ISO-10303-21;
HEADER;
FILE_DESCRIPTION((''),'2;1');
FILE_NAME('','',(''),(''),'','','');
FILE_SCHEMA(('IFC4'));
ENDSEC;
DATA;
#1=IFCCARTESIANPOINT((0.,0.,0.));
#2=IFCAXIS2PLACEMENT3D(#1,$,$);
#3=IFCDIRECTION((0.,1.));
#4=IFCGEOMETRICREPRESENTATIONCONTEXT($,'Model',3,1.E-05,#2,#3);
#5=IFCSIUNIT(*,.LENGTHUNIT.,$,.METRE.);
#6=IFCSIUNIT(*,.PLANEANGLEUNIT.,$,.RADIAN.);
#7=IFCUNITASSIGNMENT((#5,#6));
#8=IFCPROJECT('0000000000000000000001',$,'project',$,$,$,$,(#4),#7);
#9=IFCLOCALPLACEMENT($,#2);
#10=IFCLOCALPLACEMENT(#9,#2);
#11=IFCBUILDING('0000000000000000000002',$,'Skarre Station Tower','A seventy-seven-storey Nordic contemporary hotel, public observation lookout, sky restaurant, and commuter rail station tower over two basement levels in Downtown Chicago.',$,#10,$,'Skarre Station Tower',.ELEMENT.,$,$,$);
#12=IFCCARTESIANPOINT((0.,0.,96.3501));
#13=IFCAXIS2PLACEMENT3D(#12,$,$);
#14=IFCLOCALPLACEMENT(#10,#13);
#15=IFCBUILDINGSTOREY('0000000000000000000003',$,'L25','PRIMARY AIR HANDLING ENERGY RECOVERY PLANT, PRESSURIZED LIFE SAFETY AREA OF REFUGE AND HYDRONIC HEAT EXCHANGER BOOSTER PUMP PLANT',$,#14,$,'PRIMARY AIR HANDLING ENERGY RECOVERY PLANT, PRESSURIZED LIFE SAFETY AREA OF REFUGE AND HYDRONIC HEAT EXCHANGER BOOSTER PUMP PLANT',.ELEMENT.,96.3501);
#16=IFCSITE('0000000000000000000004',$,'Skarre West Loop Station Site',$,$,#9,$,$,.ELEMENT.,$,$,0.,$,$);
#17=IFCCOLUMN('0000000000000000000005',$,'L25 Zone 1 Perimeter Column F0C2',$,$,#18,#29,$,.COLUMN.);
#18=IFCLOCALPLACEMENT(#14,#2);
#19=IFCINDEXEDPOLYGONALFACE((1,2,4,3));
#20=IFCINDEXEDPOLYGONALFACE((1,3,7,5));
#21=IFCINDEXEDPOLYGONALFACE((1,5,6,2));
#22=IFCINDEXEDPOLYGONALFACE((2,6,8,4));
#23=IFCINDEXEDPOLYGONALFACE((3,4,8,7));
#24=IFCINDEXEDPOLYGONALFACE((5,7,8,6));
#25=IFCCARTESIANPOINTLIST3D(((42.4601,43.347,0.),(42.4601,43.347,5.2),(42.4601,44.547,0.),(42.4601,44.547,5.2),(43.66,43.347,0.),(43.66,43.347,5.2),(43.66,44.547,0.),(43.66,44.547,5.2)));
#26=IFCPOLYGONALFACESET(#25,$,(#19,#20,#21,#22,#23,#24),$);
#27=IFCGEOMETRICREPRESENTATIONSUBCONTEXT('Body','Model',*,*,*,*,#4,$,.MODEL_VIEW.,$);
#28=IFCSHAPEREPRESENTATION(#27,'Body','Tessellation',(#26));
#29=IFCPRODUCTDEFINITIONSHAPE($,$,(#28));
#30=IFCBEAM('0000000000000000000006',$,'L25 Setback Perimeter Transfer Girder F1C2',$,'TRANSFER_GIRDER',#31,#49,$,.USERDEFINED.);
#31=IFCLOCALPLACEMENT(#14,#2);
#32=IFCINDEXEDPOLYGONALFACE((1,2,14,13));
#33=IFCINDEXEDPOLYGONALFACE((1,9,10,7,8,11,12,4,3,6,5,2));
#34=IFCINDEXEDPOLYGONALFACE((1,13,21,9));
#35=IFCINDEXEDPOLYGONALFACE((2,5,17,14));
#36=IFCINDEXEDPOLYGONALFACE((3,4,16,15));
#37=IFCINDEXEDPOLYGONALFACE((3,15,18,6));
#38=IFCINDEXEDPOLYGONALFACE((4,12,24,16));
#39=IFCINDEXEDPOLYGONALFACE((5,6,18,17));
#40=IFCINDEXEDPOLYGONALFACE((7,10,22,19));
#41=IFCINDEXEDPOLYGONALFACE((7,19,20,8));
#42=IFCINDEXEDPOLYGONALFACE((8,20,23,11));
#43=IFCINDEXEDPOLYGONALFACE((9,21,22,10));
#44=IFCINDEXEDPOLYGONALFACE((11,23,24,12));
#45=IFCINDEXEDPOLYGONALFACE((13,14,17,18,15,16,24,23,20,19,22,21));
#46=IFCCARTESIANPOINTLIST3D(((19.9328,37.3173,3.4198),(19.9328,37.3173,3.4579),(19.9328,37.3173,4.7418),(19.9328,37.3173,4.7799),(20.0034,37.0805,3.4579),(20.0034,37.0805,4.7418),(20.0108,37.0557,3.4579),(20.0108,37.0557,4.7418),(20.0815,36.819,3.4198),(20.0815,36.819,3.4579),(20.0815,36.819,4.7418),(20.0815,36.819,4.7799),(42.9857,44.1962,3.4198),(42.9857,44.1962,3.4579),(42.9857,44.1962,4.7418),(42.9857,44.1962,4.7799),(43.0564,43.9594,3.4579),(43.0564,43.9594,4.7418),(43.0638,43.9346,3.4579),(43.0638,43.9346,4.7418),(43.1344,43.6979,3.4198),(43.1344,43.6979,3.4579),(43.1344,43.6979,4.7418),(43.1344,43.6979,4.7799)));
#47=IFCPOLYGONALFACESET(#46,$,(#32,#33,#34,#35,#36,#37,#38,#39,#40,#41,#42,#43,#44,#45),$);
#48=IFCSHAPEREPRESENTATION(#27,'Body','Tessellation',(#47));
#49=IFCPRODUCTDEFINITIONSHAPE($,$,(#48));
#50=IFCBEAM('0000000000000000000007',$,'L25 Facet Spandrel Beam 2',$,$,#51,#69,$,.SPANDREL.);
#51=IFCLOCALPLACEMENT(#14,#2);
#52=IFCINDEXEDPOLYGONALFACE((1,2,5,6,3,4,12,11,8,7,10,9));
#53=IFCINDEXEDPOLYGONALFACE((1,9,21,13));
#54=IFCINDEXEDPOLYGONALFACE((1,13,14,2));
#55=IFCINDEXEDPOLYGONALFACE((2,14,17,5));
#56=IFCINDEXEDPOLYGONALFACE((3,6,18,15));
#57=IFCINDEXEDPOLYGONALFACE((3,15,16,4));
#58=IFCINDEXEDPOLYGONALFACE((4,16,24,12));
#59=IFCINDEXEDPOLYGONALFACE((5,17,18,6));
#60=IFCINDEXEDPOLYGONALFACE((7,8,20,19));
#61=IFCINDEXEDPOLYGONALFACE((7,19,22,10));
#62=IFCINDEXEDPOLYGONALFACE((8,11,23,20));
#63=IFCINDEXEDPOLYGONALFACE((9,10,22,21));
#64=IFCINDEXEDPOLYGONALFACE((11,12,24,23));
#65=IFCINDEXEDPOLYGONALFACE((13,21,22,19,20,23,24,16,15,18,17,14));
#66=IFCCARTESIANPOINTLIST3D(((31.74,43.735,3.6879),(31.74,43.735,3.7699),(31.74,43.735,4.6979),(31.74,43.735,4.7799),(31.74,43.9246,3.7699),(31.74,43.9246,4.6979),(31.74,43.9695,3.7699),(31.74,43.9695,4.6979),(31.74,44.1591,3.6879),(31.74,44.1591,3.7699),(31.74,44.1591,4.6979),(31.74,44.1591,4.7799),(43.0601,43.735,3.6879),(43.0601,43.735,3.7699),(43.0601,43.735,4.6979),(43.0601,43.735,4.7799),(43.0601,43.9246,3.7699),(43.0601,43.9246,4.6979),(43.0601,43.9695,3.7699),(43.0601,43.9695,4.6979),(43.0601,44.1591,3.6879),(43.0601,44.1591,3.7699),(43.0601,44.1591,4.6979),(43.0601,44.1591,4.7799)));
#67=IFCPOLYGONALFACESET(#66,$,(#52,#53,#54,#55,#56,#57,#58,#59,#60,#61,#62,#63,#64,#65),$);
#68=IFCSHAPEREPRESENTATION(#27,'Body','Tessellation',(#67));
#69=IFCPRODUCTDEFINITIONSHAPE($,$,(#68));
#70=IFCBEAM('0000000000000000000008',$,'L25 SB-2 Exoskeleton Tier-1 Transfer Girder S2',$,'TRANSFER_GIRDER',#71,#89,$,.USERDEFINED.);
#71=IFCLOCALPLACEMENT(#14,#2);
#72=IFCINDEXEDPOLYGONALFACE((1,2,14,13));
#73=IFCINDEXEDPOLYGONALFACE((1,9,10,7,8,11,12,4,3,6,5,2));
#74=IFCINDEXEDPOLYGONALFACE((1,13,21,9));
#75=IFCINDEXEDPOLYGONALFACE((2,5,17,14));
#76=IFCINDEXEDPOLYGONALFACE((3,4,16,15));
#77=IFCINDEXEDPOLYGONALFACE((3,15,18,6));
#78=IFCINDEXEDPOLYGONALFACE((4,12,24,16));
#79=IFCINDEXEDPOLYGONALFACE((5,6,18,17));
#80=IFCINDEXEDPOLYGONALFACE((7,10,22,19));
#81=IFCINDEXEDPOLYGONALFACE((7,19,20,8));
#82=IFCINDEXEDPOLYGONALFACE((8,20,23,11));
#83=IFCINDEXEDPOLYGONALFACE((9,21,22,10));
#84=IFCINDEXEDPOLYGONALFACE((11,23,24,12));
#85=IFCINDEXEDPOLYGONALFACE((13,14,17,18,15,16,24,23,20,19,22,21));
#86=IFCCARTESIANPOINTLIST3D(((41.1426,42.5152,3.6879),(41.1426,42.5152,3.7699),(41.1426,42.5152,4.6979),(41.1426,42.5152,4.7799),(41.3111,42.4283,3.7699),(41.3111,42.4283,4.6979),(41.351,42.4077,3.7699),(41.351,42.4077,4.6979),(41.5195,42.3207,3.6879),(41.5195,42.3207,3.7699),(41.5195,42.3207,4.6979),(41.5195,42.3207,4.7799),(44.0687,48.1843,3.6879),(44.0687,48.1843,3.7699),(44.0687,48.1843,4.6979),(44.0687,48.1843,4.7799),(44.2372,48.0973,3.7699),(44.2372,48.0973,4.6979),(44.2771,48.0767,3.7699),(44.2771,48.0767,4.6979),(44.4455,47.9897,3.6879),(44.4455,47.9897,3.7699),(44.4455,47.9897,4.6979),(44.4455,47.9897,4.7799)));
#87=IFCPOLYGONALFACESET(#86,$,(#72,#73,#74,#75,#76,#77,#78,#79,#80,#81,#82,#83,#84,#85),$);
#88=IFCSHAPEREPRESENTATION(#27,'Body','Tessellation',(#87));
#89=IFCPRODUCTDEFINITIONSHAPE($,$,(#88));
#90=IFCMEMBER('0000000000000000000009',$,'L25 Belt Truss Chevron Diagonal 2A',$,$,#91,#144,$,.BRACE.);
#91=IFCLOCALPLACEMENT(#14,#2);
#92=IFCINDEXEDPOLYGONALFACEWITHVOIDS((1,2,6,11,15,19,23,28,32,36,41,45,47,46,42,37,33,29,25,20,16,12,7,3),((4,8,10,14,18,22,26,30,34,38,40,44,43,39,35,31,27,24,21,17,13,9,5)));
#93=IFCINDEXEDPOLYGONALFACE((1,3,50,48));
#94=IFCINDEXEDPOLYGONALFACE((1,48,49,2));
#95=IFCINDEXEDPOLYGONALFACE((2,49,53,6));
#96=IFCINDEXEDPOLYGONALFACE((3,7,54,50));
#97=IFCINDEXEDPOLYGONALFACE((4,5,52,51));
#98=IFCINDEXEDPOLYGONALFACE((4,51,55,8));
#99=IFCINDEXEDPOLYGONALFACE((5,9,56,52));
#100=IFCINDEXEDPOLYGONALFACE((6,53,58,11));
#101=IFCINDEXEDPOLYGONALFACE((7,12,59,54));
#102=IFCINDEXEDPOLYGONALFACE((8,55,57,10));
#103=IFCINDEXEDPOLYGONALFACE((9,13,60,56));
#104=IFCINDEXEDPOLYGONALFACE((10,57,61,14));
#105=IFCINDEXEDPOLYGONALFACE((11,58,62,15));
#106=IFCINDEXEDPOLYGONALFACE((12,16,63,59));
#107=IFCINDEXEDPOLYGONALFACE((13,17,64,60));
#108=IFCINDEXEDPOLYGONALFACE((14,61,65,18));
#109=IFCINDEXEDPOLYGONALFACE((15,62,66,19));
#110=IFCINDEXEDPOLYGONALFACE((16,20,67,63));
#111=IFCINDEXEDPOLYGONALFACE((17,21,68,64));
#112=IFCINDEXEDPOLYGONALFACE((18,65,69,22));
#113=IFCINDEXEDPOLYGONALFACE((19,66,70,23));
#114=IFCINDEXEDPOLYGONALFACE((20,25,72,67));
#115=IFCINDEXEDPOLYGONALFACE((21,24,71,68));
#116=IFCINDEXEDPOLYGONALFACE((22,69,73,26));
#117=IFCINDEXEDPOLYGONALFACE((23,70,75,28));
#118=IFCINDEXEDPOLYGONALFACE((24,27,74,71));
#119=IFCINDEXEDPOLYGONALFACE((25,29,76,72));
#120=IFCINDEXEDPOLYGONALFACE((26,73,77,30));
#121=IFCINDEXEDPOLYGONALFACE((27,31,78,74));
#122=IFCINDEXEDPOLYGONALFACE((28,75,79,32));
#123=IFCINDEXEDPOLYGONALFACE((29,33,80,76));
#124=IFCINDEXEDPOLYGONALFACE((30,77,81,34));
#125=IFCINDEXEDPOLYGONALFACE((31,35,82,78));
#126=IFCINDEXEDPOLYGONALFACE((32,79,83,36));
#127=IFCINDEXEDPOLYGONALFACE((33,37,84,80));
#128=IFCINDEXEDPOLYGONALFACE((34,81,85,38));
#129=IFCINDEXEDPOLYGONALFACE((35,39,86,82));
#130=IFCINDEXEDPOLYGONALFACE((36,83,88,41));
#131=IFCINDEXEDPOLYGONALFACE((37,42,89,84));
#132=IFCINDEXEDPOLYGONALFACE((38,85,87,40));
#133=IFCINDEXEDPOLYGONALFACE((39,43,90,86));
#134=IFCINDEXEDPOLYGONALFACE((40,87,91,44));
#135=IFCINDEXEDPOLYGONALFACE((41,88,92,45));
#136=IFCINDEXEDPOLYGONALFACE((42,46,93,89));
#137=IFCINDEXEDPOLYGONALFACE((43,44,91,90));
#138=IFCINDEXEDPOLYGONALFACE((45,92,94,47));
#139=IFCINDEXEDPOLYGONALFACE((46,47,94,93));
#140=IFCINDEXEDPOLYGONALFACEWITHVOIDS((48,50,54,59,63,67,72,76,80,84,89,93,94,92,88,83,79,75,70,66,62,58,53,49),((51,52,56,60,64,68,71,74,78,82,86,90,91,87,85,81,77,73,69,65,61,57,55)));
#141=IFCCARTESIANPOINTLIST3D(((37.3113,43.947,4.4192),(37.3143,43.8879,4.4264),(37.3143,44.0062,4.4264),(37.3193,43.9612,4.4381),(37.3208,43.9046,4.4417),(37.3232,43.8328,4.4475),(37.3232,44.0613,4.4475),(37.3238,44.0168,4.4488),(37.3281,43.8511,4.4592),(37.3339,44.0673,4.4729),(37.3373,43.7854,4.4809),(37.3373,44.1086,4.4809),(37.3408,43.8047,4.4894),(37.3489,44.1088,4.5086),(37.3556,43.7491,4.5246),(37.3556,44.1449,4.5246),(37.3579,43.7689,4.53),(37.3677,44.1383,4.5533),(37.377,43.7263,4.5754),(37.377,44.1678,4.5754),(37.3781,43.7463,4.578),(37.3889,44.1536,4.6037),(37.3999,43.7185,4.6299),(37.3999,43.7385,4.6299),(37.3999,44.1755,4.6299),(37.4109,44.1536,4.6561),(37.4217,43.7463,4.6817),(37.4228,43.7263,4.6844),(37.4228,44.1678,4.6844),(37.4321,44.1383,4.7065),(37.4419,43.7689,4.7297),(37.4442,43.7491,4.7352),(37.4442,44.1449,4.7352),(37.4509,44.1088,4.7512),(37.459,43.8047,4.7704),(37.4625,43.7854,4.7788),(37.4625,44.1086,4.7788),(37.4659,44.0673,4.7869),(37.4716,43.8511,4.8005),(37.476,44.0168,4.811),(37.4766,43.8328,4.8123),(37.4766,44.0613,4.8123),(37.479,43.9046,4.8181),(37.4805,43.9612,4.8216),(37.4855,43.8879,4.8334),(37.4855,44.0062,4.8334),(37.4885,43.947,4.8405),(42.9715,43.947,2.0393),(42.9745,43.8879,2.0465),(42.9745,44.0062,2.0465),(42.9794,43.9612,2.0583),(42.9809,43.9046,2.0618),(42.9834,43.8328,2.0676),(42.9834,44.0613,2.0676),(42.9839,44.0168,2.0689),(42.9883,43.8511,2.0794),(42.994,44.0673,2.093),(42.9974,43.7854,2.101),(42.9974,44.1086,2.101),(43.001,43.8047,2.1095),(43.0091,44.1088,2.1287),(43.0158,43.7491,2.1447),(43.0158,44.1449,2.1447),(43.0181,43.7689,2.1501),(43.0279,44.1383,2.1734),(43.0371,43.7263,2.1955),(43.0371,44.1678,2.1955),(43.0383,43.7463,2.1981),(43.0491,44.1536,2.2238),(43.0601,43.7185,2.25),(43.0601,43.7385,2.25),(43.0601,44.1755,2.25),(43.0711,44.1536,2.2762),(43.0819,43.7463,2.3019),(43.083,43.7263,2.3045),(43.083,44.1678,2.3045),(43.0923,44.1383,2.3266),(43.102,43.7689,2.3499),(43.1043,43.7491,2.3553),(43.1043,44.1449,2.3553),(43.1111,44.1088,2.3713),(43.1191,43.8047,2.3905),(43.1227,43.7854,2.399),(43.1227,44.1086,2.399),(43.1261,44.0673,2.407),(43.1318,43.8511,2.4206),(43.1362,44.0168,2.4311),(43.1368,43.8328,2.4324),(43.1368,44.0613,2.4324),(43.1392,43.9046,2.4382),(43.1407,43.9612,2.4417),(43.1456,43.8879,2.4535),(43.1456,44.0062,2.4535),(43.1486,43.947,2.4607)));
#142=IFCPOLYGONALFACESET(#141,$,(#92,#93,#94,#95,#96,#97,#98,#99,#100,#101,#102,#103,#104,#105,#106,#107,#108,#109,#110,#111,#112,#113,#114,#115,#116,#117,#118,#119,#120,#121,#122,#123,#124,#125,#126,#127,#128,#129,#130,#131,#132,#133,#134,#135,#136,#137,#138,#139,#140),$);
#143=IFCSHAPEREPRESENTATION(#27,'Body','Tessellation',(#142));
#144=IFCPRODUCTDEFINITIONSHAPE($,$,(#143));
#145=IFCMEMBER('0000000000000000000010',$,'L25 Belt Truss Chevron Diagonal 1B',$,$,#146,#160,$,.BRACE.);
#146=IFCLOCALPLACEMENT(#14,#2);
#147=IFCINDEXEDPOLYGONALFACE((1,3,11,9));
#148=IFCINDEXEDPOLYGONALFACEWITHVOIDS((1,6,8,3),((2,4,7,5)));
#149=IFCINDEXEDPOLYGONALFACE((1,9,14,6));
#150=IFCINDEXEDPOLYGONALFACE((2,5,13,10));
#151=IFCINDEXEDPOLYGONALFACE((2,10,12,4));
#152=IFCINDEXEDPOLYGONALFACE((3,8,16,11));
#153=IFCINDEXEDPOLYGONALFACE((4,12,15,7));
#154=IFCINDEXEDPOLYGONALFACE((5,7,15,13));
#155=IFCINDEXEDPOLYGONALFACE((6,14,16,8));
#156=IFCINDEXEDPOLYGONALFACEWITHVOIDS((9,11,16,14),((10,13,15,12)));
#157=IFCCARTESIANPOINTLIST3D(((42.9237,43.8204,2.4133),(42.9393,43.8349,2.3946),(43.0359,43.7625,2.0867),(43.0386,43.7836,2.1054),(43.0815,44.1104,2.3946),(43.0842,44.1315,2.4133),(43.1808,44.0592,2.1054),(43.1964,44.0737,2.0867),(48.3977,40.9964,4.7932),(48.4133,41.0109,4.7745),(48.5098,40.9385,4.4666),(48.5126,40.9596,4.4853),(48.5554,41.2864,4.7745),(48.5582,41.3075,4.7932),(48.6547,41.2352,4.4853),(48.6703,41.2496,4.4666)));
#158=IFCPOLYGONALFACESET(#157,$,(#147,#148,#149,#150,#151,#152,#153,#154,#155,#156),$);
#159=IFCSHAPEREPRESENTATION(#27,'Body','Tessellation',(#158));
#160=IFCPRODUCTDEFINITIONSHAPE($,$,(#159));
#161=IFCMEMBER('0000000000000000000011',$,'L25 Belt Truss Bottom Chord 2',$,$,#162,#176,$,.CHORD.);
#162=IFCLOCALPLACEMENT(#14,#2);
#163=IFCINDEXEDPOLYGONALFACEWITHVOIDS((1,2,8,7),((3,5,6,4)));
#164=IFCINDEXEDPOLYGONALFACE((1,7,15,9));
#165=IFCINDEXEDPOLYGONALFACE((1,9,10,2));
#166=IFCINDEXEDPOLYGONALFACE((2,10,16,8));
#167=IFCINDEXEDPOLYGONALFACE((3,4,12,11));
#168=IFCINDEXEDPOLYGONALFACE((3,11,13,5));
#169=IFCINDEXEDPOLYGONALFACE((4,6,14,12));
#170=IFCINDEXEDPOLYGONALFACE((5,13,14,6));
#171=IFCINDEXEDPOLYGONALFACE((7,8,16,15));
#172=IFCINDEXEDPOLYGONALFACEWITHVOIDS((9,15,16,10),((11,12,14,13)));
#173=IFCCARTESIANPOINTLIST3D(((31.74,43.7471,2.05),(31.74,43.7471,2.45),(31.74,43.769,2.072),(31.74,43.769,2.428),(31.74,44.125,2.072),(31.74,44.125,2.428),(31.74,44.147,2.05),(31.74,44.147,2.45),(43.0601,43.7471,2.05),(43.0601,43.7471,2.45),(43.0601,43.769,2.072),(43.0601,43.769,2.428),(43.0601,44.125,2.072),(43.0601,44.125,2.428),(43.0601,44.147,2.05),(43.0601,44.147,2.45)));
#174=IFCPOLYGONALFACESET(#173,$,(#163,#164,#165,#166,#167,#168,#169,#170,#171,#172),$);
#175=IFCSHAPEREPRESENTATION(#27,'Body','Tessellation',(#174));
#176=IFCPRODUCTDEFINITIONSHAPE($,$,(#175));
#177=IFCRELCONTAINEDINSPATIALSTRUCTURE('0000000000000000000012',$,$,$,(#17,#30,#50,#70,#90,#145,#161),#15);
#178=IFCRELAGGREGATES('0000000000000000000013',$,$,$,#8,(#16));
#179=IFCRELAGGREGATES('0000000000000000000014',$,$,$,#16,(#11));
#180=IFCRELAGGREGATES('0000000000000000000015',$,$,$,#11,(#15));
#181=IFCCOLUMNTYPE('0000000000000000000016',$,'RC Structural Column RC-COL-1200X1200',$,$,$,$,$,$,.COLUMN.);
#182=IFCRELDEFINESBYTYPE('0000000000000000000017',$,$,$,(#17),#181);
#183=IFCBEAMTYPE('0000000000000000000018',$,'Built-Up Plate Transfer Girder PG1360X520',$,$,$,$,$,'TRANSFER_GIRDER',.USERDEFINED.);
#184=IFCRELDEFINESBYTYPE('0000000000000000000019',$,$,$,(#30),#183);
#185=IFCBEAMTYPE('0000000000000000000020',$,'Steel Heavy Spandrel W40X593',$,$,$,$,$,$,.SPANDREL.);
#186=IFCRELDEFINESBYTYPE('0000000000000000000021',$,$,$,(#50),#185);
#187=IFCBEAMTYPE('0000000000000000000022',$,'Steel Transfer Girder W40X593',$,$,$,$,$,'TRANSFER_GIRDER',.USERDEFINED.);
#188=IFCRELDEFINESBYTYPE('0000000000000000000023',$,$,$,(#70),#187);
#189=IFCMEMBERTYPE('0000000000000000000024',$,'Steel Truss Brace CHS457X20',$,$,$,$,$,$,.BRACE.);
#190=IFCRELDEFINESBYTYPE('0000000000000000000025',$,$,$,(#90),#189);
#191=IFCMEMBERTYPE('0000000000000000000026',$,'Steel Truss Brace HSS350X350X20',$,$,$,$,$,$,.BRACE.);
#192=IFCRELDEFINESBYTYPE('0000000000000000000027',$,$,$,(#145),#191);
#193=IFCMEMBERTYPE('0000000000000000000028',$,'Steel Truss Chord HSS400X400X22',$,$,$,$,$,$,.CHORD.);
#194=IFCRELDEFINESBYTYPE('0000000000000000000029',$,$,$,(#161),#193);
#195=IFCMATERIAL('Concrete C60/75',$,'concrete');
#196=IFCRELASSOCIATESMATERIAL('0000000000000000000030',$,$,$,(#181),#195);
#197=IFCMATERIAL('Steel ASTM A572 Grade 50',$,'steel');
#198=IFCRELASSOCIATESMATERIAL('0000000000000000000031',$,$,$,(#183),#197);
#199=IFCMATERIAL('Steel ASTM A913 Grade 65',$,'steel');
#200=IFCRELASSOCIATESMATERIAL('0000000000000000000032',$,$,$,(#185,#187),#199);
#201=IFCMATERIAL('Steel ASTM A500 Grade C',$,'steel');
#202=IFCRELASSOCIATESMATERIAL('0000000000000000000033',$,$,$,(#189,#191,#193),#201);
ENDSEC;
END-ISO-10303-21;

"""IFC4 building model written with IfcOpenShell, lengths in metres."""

from ifc_helpers import new_model, si_unit, direction, frame, origin, origin_2d, place, context, subcontext, project, spatial, rectangle, hollow_rectangle, hollow_circle, i_section, extrude, material, material_profile, profile_set, type_object, element, save


model = new_model("IFC4")

# Units and contexts
model_context = context("Model", 3, precision=1e-05, world=origin(), true_north=direction((0.0, 1.0)))
body_context = subcontext(model_context, "Body", "Model", "MODEL_VIEW")
ifc_project = project(units=[si_unit("LENGTHUNIT", "METRE"), si_unit("PLANEANGLEUNIT", "RADIAN")], contexts=[model_context])

# Site, building, storey
site_placement = place(None, origin())
site = spatial("IfcSite", under=ifc_project, at=site_placement, Name="Skarre West Loop Station Site", CompositionType="ELEMENT", RefElevation=0.0)
building_placement = place(site_placement, origin())
building = spatial("IfcBuilding", under=site, at=building_placement, Name="Skarre Station Tower", Description="A seventy-seven-storey Nordic contemporary hotel, public observation lookout, sky restaurant, and commuter rail station tower over two basement levels in Downtown Chicago.", LongName="Skarre Station Tower", CompositionType="ELEMENT")
storey_placement = place(building_placement, frame((0.0, 0.0, 96.3501)))
storey = spatial("IfcBuildingStorey", under=building, at=storey_placement, Name="L25", Description="PRIMARY AIR HANDLING ENERGY RECOVERY PLANT, PRESSURIZED LIFE SAFETY AREA OF REFUGE AND HYDRONIC HEAT EXCHANGER BOOSTER PUMP PLANT", LongName="PRIMARY AIR HANDLING ENERGY RECOVERY PLANT, PRESSURIZED LIFE SAFETY AREA OF REFUGE AND HYDRONIC HEAT EXCHANGER BOOSTER PUMP PLANT", CompositionType="ELEMENT", Elevation=96.3501)

# Column
ifc_material_1 = material(Name="Concrete C60/75", Category="concrete")
ifc_material_profile_1 = material_profile(ifc_material_1, rectangle(XDim=1.2, YDim=1.2, at=origin_2d()), Name="Concrete C60/75")
ifc_profile_set_1 = profile_set([ifc_material_profile_1], Name="Concrete C60/75")
column_type = type_object("IfcColumnType", Name="RC Structural Column RC-COL-1200X1200", PredefinedType="COLUMN", material=ifc_profile_set_1)
column_placement = place(storey_placement, frame((43.0601, 43.947, 0.0), z_axis=(0.0, 0.0, 1.0), x_axis=(1.0, 0.0, 0.0)))
element("IfcColumn", 1, at=column_placement, inside=storey, type_object=column_type, Name="L25 Zone 1 Perimeter Column F0C2", PredefinedType="COLUMN", context=body_context, shape_type="SweptSolid", body=[
    extrude(rectangle(XDim=1.2, YDim=1.2, at=origin_2d()), origin(), (0.0, 0.0, 1.0), 5.2),
])

# Beams
ifc_material_2 = material(Name="Steel ASTM A572 Grade 50", Category="steel")
ifc_material_profile_2 = material_profile(ifc_material_2, i_section(OverallWidth=0.52, OverallDepth=1.3601, WebThickness=0.0259, FlangeThickness=0.0381, at=origin_2d()), Name="Steel ASTM A572 Grade 50")
ifc_profile_set_2 = profile_set([ifc_material_profile_2], Name="Steel ASTM A572 Grade 50")
beam_type_1 = type_object("IfcBeamType", Name="Built-Up Plate Transfer Girder PG1360X520", ElementType="TRANSFER_GIRDER", PredefinedType="USERDEFINED", material=ifc_profile_set_2)
beam_1_placement = place(storey_placement, frame((43.0601, 43.947, 4.0999), z_axis=(-0.958248, -0.285937, 0.0), x_axis=(0.285937, -0.958248, 0.0)))
element("IfcBeam", 2, at=beam_1_placement, inside=storey, type_object=beam_type_1, Name="L25 Setback Perimeter Transfer Girder F1C2", ObjectType="TRANSFER_GIRDER", PredefinedType="USERDEFINED", context=body_context, shape_type="SweptSolid", body=[
    extrude(i_section(OverallWidth=0.52, OverallDepth=1.3601, WebThickness=0.0259, FlangeThickness=0.0381, at=origin_2d()), origin(), (0.0, 0.0, 1.0), 24.0574),
])
ifc_material_3 = material(Name="Steel ASTM A913 Grade 65", Category="steel")
ifc_material_profile_3 = material_profile(ifc_material_3, i_section(OverallWidth=0.4241, OverallDepth=1.092, WebThickness=0.0449, FlangeThickness=0.082, at=origin_2d()), Name="Steel ASTM A913 Grade 65")
ifc_profile_set_3 = profile_set([ifc_material_profile_3], Name="Steel ASTM A913 Grade 65")
beam_type_2 = type_object("IfcBeamType", Name="Steel Heavy Spandrel W40X593", PredefinedType="SPANDREL", material=ifc_profile_set_3)
beam_2_placement = place(storey_placement, frame((43.0601, 43.947, 4.2339), z_axis=(-1.0, 0.0, 0.0), x_axis=(0.0, -1.0, 0.0)))
element("IfcBeam", 3, at=beam_2_placement, inside=storey, type_object=beam_type_2, Name="L25 Facet Spandrel Beam 2", PredefinedType="SPANDREL", context=body_context, shape_type="SweptSolid", body=[
    extrude(i_section(OverallWidth=0.4241, OverallDepth=1.092, WebThickness=0.0449, FlangeThickness=0.082, at=origin_2d()), origin(), (0.0, 0.0, 1.0), 11.3201),
])
ifc_material_profile_4 = material_profile(ifc_material_3, i_section(OverallWidth=0.4241, OverallDepth=1.092, WebThickness=0.0449, FlangeThickness=0.082, at=origin_2d()), Name="Steel ASTM A913 Grade 65")
ifc_profile_set_4 = profile_set([ifc_material_profile_4], Name="Steel ASTM A913 Grade 65")
beam_type_3 = type_object("IfcBeamType", Name="Steel Transfer Girder W40X593", ElementType="TRANSFER_GIRDER", PredefinedType="USERDEFINED", material=ifc_profile_set_4)
beam_3_placement = place(storey_placement, frame((41.3311, 42.418, 4.2339), z_axis=(0.458658, 0.888613, 0.0), x_axis=(-0.888613, 0.458658, 0.0)))
element("IfcBeam", 4, at=beam_3_placement, inside=storey, type_object=beam_type_3, Name="L25 SB-2 Exoskeleton Tier-1 Transfer Girder S2", ObjectType="TRANSFER_GIRDER", PredefinedType="USERDEFINED", context=body_context, shape_type="SweptSolid", body=[
    extrude(i_section(OverallWidth=0.4241, OverallDepth=1.092, WebThickness=0.0449, FlangeThickness=0.082, at=origin_2d()), origin(), (0.0, 0.0, 1.0), 6.3796),
])

# Members
ifc_material_4 = material(Name="Steel ASTM A500 Grade C", Category="steel")
ifc_material_profile_5 = material_profile(ifc_material_4, hollow_circle(Radius=0.2285, WallThickness=0.02, at=origin_2d()), Name="Steel ASTM A500 Grade C")
ifc_profile_set_5 = profile_set([ifc_material_profile_5], Name="Steel ASTM A500 Grade C")
member_type_1 = type_object("IfcMemberType", Name="Steel Truss Brace CHS457X20", PredefinedType="BRACE", material=ifc_profile_set_5)
member_1_placement = place(storey_placement, frame((43.0601, 43.947, 2.25), z_axis=(-0.92183, 0.0, 0.387595), x_axis=(0.0, -1.0, 0.0)))
element("IfcMember", 5, at=member_1_placement, inside=storey, type_object=member_type_1, Name="L25 Belt Truss Chevron Diagonal 2A", PredefinedType="BRACE", context=body_context, shape_type="SweptSolid", body=[
    extrude(hollow_circle(Radius=0.2285, WallThickness=0.02, at=origin_2d()), origin(), (0.0, 0.0, 1.0), 6.1401),
])
ifc_material_profile_6 = material_profile(ifc_material_4, hollow_rectangle(XDim=0.3501, YDim=0.3501, WallThickness=0.02, at=origin_2d()), Name="Steel ASTM A500 Grade C")
ifc_profile_set_6 = profile_set([ifc_material_profile_6], Name="Steel ASTM A500 Grade C")
member_type_2 = type_object("IfcMemberType", Name="Steel Truss Brace HSS350X350X20", PredefinedType="BRACE", material=ifc_profile_set_6)
member_2_placement = place(storey_placement, frame((43.0601, 43.947, 2.25), z_axis=(0.828976, -0.427669, 0.360415), x_axis=(0.458482, 0.888703, 0.0)))
element("IfcMember", 6, at=member_2_placement, inside=storey, type_object=member_type_2, Name="L25 Belt Truss Chevron Diagonal 1B", PredefinedType="BRACE", context=body_context, shape_type="SweptSolid", body=[
    extrude(hollow_rectangle(XDim=0.3501, YDim=0.3501, WallThickness=0.02, at=origin_2d()), origin(), (0.0, 0.0, 1.0), 6.6033),
])
ifc_material_profile_7 = material_profile(ifc_material_4, hollow_rectangle(XDim=0.3999, YDim=0.3999, WallThickness=0.022, at=origin_2d()), Name="Steel ASTM A500 Grade C")
ifc_profile_set_7 = profile_set([ifc_material_profile_7], Name="Steel ASTM A500 Grade C")
member_type_3 = type_object("IfcMemberType", Name="Steel Truss Chord HSS400X400X22", PredefinedType="CHORD", material=ifc_profile_set_7)
member_3_placement = place(storey_placement, frame((43.0601, 43.947, 2.25), z_axis=(-1.0, 0.0, 0.0), x_axis=(0.0, -1.0, 0.0)))
element("IfcMember", 7, at=member_3_placement, inside=storey, type_object=member_type_3, Name="L25 Belt Truss Bottom Chord 2", PredefinedType="CHORD", context=body_context, shape_type="SweptSolid", body=[
    extrude(hollow_rectangle(XDim=0.3999, YDim=0.3999, WallThickness=0.022, at=origin_2d()), origin(), (0.0, 0.0, 1.0), 11.3201),
])

save(model, "model.ifc")
